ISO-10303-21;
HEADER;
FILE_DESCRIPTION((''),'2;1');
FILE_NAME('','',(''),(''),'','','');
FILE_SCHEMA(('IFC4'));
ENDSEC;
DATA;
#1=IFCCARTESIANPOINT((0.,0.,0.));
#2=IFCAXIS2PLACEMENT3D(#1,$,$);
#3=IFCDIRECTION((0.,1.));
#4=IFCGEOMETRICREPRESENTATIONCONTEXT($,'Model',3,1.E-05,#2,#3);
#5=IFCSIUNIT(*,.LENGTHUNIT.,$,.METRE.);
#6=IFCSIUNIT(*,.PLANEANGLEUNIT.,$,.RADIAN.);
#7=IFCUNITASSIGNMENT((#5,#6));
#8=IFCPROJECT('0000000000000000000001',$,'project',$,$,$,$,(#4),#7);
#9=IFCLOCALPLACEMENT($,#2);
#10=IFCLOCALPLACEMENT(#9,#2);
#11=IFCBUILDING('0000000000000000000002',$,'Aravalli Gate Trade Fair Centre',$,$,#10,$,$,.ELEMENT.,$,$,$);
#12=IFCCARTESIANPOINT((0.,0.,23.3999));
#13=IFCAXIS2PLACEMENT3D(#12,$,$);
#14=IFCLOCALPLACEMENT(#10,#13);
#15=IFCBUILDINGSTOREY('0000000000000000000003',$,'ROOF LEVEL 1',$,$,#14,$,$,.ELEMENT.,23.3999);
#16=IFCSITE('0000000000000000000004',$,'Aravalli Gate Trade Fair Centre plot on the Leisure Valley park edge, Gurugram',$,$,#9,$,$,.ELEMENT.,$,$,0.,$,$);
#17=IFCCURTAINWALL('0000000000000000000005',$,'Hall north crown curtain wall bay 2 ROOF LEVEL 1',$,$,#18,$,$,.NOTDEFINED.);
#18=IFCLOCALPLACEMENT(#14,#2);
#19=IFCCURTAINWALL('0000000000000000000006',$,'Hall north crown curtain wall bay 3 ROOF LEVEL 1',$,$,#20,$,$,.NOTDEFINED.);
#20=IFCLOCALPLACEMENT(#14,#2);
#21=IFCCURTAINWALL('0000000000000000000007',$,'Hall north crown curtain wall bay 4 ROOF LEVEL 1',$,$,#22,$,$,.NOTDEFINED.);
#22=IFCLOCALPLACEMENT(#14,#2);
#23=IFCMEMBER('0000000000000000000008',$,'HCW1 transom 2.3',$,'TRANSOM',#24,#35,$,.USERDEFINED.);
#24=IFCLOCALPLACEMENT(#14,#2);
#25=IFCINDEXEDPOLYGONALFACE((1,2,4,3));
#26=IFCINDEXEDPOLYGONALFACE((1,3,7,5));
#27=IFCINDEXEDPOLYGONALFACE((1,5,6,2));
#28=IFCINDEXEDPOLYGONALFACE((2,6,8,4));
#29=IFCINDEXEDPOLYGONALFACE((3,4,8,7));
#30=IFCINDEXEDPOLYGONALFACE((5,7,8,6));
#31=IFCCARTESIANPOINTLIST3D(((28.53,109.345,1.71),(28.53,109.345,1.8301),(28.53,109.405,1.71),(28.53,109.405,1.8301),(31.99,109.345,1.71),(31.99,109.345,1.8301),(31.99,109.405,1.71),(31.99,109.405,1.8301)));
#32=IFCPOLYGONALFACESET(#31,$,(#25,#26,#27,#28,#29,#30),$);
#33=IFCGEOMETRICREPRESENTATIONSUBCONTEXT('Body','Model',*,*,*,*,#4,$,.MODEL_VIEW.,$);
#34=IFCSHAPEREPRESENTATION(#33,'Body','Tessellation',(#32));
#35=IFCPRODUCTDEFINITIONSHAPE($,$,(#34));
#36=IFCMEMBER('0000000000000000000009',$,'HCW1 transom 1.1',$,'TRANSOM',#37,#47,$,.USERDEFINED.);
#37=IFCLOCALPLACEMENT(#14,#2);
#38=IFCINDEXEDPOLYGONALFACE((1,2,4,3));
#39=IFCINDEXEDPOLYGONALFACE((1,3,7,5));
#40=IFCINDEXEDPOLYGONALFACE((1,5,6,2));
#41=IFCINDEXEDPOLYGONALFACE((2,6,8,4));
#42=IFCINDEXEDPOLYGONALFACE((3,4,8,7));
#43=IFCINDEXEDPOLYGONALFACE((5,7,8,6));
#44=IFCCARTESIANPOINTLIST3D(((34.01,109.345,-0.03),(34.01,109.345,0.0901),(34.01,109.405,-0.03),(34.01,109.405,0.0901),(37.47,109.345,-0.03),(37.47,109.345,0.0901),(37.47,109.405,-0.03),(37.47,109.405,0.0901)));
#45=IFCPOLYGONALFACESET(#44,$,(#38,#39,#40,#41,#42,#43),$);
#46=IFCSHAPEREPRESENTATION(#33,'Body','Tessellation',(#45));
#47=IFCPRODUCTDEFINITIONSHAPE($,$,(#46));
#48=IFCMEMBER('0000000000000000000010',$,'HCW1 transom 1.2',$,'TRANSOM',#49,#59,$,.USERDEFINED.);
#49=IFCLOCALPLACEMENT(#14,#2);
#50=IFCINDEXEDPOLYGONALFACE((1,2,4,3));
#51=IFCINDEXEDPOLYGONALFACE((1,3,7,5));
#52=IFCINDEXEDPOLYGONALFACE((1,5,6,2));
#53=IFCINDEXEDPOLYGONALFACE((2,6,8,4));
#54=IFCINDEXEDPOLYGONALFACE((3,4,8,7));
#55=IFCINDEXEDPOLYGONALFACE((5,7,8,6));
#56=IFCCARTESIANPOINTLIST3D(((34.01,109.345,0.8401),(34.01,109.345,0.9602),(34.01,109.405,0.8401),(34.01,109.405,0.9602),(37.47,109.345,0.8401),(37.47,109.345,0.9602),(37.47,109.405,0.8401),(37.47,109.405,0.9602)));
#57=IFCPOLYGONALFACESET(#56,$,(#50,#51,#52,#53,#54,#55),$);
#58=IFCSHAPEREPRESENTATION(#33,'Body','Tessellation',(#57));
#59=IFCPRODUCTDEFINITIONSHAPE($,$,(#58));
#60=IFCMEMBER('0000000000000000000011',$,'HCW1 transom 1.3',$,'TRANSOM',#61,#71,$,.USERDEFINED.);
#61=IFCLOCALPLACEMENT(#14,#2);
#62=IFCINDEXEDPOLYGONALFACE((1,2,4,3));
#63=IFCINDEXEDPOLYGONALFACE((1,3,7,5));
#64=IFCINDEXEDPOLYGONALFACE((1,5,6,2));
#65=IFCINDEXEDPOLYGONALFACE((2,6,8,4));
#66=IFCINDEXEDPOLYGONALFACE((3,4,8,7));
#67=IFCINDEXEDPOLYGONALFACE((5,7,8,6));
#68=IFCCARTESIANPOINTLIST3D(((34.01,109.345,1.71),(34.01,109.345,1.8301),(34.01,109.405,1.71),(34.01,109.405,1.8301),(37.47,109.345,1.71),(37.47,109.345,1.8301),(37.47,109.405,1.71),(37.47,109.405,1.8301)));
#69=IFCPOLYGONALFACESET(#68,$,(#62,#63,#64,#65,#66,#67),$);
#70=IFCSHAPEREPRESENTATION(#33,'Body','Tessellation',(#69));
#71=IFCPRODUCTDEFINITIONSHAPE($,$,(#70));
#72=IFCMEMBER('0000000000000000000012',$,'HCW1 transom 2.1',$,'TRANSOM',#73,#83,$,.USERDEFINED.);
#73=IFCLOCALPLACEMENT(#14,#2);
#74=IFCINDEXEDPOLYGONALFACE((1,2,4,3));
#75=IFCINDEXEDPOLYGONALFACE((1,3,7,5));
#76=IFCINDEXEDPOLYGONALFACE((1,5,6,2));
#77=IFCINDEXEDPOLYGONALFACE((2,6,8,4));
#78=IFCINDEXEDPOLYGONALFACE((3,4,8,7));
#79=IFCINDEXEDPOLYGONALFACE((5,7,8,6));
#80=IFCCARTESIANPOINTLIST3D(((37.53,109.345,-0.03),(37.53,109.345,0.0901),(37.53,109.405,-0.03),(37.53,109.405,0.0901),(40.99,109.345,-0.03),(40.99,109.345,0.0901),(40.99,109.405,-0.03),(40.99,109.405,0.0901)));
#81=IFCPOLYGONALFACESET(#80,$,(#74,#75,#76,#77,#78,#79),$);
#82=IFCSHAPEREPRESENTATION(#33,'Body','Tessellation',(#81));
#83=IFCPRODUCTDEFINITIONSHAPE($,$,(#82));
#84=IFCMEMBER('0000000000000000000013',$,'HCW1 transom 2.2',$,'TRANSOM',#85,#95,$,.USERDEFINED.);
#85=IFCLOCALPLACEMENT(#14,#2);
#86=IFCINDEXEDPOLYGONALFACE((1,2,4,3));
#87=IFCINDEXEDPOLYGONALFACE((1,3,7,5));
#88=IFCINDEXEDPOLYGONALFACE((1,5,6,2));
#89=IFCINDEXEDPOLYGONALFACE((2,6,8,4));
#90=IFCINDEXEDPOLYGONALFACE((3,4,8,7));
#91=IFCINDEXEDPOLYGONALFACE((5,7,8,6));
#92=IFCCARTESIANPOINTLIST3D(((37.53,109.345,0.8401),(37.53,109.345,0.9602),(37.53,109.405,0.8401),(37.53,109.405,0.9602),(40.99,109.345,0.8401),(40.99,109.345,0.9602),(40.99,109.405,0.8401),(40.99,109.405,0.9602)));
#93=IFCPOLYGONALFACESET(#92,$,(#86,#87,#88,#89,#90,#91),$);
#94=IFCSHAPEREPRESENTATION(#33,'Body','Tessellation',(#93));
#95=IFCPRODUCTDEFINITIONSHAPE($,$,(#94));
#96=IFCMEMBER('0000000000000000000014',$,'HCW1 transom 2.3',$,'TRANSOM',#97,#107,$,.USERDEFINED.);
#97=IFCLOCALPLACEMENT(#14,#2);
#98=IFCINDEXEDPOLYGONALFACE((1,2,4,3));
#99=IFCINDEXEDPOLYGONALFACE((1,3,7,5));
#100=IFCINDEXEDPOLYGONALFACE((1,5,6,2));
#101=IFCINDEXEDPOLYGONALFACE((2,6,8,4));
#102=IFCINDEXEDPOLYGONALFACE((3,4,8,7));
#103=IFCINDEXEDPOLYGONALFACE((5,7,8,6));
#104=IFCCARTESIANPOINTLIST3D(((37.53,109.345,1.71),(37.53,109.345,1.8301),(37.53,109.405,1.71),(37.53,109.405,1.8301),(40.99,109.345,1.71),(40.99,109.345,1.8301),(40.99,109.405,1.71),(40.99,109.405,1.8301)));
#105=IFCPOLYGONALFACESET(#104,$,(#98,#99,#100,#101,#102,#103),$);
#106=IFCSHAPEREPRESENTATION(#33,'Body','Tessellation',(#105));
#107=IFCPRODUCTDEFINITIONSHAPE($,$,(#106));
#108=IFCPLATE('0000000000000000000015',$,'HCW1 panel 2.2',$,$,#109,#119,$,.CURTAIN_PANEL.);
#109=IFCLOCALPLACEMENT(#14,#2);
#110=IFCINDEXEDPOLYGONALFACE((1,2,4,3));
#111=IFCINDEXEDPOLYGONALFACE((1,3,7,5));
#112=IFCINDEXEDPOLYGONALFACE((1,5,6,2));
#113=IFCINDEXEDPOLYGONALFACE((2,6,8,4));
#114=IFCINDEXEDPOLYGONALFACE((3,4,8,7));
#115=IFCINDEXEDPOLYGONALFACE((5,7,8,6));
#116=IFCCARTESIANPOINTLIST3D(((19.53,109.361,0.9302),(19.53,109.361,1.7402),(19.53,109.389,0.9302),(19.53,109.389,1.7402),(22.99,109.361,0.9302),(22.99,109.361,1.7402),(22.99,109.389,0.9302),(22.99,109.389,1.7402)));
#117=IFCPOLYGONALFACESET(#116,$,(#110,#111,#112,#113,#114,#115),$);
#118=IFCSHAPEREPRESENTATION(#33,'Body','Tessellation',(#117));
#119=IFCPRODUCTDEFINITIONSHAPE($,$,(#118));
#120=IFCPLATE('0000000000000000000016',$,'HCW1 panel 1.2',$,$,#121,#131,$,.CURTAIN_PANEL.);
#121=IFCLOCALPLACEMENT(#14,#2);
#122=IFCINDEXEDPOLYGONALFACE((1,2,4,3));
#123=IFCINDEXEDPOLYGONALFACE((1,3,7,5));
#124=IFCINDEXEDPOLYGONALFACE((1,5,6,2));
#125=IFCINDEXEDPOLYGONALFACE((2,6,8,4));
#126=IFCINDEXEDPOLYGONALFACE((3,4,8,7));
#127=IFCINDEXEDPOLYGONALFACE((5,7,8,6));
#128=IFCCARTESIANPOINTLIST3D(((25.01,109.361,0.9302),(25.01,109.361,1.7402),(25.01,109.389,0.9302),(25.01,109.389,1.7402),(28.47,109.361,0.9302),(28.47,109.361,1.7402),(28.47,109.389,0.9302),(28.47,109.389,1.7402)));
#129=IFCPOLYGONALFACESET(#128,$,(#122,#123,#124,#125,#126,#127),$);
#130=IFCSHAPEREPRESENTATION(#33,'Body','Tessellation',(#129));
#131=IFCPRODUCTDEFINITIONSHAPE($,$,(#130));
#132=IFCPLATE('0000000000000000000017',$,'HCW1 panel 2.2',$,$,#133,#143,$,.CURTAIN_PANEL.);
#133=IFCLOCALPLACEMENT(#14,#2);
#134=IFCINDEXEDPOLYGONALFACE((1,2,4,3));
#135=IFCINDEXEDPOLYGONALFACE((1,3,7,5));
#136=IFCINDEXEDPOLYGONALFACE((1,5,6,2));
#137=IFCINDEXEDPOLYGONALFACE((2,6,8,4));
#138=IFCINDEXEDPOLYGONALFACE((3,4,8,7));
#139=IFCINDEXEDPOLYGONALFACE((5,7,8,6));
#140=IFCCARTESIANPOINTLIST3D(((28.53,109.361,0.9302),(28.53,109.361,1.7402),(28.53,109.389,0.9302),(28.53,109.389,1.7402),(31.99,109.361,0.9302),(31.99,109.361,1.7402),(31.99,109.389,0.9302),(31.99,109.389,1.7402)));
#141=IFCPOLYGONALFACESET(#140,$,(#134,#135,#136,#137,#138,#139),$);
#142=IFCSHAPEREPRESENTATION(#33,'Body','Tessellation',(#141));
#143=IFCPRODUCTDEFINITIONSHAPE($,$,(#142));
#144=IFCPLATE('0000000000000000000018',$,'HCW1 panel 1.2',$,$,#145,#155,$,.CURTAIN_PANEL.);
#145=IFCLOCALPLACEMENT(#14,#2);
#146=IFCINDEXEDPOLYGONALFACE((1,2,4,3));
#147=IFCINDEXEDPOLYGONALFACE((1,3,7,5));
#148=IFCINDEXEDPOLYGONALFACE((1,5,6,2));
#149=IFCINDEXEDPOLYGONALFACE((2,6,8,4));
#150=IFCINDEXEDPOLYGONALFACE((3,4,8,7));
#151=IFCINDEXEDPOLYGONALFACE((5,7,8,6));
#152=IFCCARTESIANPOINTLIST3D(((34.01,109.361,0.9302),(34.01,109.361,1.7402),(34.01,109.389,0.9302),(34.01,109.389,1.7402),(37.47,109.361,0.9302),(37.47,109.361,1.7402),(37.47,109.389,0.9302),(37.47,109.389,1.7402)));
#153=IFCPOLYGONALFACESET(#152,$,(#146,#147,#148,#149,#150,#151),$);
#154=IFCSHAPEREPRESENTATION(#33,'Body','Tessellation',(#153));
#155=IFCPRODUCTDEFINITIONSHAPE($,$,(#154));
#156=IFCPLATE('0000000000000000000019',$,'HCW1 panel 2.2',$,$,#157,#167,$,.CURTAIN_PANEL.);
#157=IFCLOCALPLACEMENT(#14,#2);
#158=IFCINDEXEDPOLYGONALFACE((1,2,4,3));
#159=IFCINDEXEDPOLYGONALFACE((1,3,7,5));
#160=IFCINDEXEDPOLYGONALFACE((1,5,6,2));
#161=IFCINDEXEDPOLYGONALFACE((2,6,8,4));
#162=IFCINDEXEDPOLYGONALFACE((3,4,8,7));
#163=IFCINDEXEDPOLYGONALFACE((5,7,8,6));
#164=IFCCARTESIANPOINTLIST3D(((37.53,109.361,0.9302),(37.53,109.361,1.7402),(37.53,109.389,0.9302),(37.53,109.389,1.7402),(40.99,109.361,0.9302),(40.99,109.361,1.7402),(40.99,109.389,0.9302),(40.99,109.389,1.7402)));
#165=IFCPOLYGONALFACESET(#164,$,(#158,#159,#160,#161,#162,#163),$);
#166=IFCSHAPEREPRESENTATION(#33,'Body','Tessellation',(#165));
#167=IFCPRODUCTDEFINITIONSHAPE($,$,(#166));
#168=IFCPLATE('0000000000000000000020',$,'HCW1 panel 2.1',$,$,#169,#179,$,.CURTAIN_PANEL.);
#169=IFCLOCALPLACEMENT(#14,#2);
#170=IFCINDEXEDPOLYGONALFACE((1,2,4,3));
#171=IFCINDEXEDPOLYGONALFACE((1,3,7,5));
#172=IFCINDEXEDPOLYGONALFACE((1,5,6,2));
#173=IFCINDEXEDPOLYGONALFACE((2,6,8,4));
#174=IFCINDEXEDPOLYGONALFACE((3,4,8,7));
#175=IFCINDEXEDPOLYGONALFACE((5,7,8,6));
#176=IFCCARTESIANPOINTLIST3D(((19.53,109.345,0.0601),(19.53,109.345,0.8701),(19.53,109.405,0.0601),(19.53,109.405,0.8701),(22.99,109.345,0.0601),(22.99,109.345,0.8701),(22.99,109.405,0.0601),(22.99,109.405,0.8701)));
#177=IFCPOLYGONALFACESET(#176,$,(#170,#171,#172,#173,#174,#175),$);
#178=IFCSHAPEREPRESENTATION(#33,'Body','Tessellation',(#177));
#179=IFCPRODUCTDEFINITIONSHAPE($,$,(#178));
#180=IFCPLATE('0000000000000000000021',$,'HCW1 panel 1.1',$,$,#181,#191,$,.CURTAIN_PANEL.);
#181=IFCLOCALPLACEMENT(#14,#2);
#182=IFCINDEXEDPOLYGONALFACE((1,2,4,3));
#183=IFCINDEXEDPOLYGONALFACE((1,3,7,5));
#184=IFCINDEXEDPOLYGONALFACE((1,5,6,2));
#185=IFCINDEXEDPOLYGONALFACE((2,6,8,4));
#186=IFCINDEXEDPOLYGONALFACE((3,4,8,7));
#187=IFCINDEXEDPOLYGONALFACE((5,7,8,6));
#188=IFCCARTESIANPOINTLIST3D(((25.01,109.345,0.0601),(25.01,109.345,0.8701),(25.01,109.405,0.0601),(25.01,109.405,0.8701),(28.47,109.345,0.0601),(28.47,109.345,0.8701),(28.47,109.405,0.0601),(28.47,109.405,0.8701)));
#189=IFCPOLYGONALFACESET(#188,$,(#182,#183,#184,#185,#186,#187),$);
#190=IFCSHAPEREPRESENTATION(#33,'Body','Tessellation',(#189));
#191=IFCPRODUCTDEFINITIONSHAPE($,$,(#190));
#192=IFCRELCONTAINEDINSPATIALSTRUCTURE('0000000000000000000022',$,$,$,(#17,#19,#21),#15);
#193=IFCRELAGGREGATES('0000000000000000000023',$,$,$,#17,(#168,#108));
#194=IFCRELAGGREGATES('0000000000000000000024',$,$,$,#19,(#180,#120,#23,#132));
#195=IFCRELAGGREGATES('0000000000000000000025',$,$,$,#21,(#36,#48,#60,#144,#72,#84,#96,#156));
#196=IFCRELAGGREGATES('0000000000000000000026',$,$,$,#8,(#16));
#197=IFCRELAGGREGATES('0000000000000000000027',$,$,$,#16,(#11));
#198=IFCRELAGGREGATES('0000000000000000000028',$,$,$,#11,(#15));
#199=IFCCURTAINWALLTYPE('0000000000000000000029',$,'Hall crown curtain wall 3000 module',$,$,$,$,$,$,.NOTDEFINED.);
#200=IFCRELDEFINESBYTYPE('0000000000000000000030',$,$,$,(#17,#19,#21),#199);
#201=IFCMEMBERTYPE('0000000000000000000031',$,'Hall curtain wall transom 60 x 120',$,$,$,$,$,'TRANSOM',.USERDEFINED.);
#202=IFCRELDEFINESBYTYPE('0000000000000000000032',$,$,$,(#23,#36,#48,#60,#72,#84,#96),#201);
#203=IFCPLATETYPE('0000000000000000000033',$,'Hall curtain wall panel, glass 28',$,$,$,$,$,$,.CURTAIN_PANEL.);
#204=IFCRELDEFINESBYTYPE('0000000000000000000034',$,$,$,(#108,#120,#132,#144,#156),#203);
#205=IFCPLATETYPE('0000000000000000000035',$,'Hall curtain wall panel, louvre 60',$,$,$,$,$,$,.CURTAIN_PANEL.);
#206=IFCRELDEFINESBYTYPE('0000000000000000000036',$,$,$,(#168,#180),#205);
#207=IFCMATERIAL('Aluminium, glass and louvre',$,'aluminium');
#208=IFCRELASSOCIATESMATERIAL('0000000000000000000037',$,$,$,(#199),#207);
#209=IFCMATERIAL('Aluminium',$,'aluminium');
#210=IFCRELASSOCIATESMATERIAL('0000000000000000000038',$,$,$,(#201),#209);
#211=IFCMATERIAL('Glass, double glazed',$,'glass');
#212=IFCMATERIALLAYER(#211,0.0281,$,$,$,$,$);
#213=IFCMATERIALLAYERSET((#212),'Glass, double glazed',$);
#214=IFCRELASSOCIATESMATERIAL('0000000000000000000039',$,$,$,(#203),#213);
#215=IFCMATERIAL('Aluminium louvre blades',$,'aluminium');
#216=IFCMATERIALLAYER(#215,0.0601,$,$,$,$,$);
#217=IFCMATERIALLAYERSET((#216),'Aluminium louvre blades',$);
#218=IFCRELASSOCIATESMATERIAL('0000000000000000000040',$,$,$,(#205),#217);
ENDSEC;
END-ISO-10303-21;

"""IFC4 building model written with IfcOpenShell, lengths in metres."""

from ifc_helpers import new_model, si_unit, direction, frame, origin, origin_2d, place, context, subcontext, project, spatial, rectangle, extrude, material, layer, layer_set, material_profile, profile_set, type_object, element, aggregate, save


model = new_model("IFC4")

# Units and contexts
model_context = context("Model", 3, precision=1e-05, world=origin(), true_north=direction((0.0, 1.0)))
body_context = subcontext(model_context, "Body", "Model", "MODEL_VIEW")
ifc_project = project(units=[si_unit("LENGTHUNIT", "METRE"), si_unit("PLANEANGLEUNIT", "RADIAN")], contexts=[model_context])

# Site, building, storey
site_placement = place(None, origin())
site = spatial("IfcSite", under=ifc_project, at=site_placement, Name="Aravalli Gate Trade Fair Centre plot on the Leisure Valley park edge, Gurugram", CompositionType="ELEMENT", RefElevation=0.0)
building_placement = place(site_placement, origin())
building = spatial("IfcBuilding", under=site, at=building_placement, Name="Aravalli Gate Trade Fair Centre", CompositionType="ELEMENT")
storey_placement = place(building_placement, frame((0.0, 0.0, 23.3999)))
storey = spatial("IfcBuildingStorey", under=building, at=storey_placement, Name="ROOF LEVEL 1", CompositionType="ELEMENT", Elevation=23.3999)

# Curtain wall
ifc_material_1 = material(Name="Aluminium, glass and louvre", Category="aluminium")
curtain_wall_type = type_object("IfcCurtainWallType", Name="Hall crown curtain wall 3000 module", PredefinedType="NOTDEFINED", material=ifc_material_1)
curtain_wall_1_placement = place(storey_placement, origin())
curtain_wall_1 = element("IfcCurtainWall", 1, at=curtain_wall_1_placement, inside=storey, type_object=curtain_wall_type, Name="Hall north crown curtain wall bay 2 ROOF LEVEL 1", PredefinedType="NOTDEFINED")
ifc_material_2 = material(Name="Aluminium", Category="aluminium")

# Curtain walls
curtain_wall_2_placement = place(storey_placement, origin())
curtain_wall_2 = element("IfcCurtainWall", 2, at=curtain_wall_2_placement, inside=storey, type_object=curtain_wall_type, Name="Hall north crown curtain wall bay 3 ROOF LEVEL 1", PredefinedType="NOTDEFINED")
curtain_wall_3_placement = place(storey_placement, origin())
curtain_wall_3 = element("IfcCurtainWall", 3, at=curtain_wall_3_placement, inside=storey, type_object=curtain_wall_type, Name="Hall north crown curtain wall bay 4 ROOF LEVEL 1", PredefinedType="NOTDEFINED")

# Members
ifc_material_profile_1 = material_profile(ifc_material_2, rectangle(XDim=0.0601, YDim=0.1201, at=origin_2d()), Name="Hall curtain wall transom 60 x 120")
ifc_profile_set_1 = profile_set([ifc_material_profile_1], Name="Aluminium")
member_type_1 = type_object("IfcMemberType", Name="Hall curtain wall transom 60 x 120", ElementType="TRANSOM", PredefinedType="USERDEFINED", material=ifc_profile_set_1)
member_1_placement = place(storey_placement, frame((28.53, 109.375, 1.77), z_axis=(1.0, 0.0, 0.0), x_axis=(0.0, 1.0, 0.0)))
member_1 = element("IfcMember", 4, at=member_1_placement, type_object=member_type_1, Name="HCW1 transom 2.3", ObjectType="TRANSOM", PredefinedType="USERDEFINED", context=body_context, shape_type="SweptSolid", body=[
    extrude(rectangle(XDim=0.0601, YDim=0.1201, at=origin_2d()), origin(), (0.0, 0.0, 1.0), 3.46),
])
member_2_placement = place(storey_placement, frame((34.01, 109.375, 0.03), z_axis=(1.0, 0.0, 0.0), x_axis=(0.0, 1.0, 0.0)))
member_2 = element("IfcMember", 5, at=member_2_placement, type_object=member_type_1, Name="HCW1 transom 1.1", ObjectType="TRANSOM", PredefinedType="USERDEFINED", context=body_context, shape_type="SweptSolid", body=[
    extrude(rectangle(XDim=0.0601, YDim=0.1201, at=origin_2d()), origin(), (0.0, 0.0, 1.0), 3.46),
])
member_3_placement = place(storey_placement, frame((34.01, 109.375, 0.9001), z_axis=(1.0, 0.0, 0.0), x_axis=(0.0, 1.0, 0.0)))
member_3 = element("IfcMember", 6, at=member_3_placement, type_object=member_type_1, Name="HCW1 transom 1.2", ObjectType="TRANSOM", PredefinedType="USERDEFINED", context=body_context, shape_type="SweptSolid", body=[
    extrude(rectangle(XDim=0.0601, YDim=0.1201, at=origin_2d()), origin(), (0.0, 0.0, 1.0), 3.46),
])
member_4_placement = place(storey_placement, frame((34.01, 109.375, 1.77), z_axis=(1.0, 0.0, 0.0), x_axis=(0.0, 1.0, 0.0)))
member_4 = element("IfcMember", 7, at=member_4_placement, type_object=member_type_1, Name="HCW1 transom 1.3", ObjectType="TRANSOM", PredefinedType="USERDEFINED", context=body_context, shape_type="SweptSolid", body=[
    extrude(rectangle(XDim=0.0601, YDim=0.1201, at=origin_2d()), origin(), (0.0, 0.0, 1.0), 3.46),
])
member_5_placement = place(storey_placement, frame((37.53, 109.375, 0.03), z_axis=(1.0, 0.0, 0.0), x_axis=(0.0, 1.0, 0.0)))
member_5 = element("IfcMember", 8, at=member_5_placement, type_object=member_type_1, Name="HCW1 transom 2.1", ObjectType="TRANSOM", PredefinedType="USERDEFINED", context=body_context, shape_type="SweptSolid", body=[
    extrude(rectangle(XDim=0.0601, YDim=0.1201, at=origin_2d()), origin(), (0.0, 0.0, 1.0), 3.46),
])
member_6_placement = place(storey_placement, frame((37.53, 109.375, 0.9001), z_axis=(1.0, 0.0, 0.0), x_axis=(0.0, 1.0, 0.0)))
member_6 = element("IfcMember", 9, at=member_6_placement, type_object=member_type_1, Name="HCW1 transom 2.2", ObjectType="TRANSOM", PredefinedType="USERDEFINED", context=body_context, shape_type="SweptSolid", body=[
    extrude(rectangle(XDim=0.0601, YDim=0.1201, at=origin_2d()), origin(), (0.0, 0.0, 1.0), 3.46),
])
member_7_placement = place(storey_placement, frame((37.53, 109.375, 1.77), z_axis=(1.0, 0.0, 0.0), x_axis=(0.0, 1.0, 0.0)))
member_7 = element("IfcMember", 10, at=member_7_placement, type_object=member_type_1, Name="HCW1 transom 2.3", ObjectType="TRANSOM", PredefinedType="USERDEFINED", context=body_context, shape_type="SweptSolid", body=[
    extrude(rectangle(XDim=0.0601, YDim=0.1201, at=origin_2d()), origin(), (0.0, 0.0, 1.0), 3.46),
])

# Plates
ifc_material_3 = material(Name="Glass, double glazed", Category="glass")
ifc_layer_1 = layer(ifc_material_3, 0.0281)
ifc_layer_set_1 = layer_set([ifc_layer_1], Name="Glass, double glazed")
plate_type_1 = type_object("IfcPlateType", Name="Hall curtain wall panel, glass 28", PredefinedType="CURTAIN_PANEL", material=ifc_layer_set_1)
plate_1_placement = place(storey_placement, frame((21.26, 109.375, 0.9302), z_axis=(0.0, 0.0, 1.0), x_axis=(1.0, 0.0, 0.0)))
plate_1 = element("IfcPlate", 11, at=plate_1_placement, type_object=plate_type_1, Name="HCW1 panel 2.2", PredefinedType="CURTAIN_PANEL", context=body_context, shape_type="SweptSolid", body=[
    extrude(rectangle(XDim=3.46, YDim=0.0281, at=origin_2d()), origin(), (0.0, 0.0, 1.0), 0.8101),
])
plate_2_placement = place(storey_placement, frame((26.74, 109.375, 0.9302), z_axis=(0.0, 0.0, 1.0), x_axis=(1.0, 0.0, 0.0)))
plate_2 = element("IfcPlate", 12, at=plate_2_placement, type_object=plate_type_1, Name="HCW1 panel 1.2", PredefinedType="CURTAIN_PANEL", context=body_context, shape_type="SweptSolid", body=[
    extrude(rectangle(XDim=3.46, YDim=0.0281, at=origin_2d()), origin(), (0.0, 0.0, 1.0), 0.8101),
])
plate_3_placement = place(storey_placement, frame((30.26, 109.375, 0.9302), z_axis=(0.0, 0.0, 1.0), x_axis=(1.0, 0.0, 0.0)))
plate_3 = element("IfcPlate", 13, at=plate_3_placement, type_object=plate_type_1, Name="HCW1 panel 2.2", PredefinedType="CURTAIN_PANEL", context=body_context, shape_type="SweptSolid", body=[
    extrude(rectangle(XDim=3.46, YDim=0.0281, at=origin_2d()), origin(), (0.0, 0.0, 1.0), 0.8101),
])
plate_4_placement = place(storey_placement, frame((35.74, 109.375, 0.9302), z_axis=(0.0, 0.0, 1.0), x_axis=(1.0, 0.0, 0.0)))
plate_4 = element("IfcPlate", 14, at=plate_4_placement, type_object=plate_type_1, Name="HCW1 panel 1.2", PredefinedType="CURTAIN_PANEL", context=body_context, shape_type="SweptSolid", body=[
    extrude(rectangle(XDim=3.46, YDim=0.0281, at=origin_2d()), origin(), (0.0, 0.0, 1.0), 0.8101),
])
plate_5_placement = place(storey_placement, frame((39.26, 109.375, 0.9302), z_axis=(0.0, 0.0, 1.0), x_axis=(1.0, 0.0, 0.0)))
plate_5 = element("IfcPlate", 15, at=plate_5_placement, type_object=plate_type_1, Name="HCW1 panel 2.2", PredefinedType="CURTAIN_PANEL", context=body_context, shape_type="SweptSolid", body=[
    extrude(rectangle(XDim=3.46, YDim=0.0281, at=origin_2d()), origin(), (0.0, 0.0, 1.0), 0.8101),
])
ifc_material_4 = material(Name="Aluminium louvre blades", Category="aluminium")
ifc_layer_2 = layer(ifc_material_4, 0.0601)
ifc_layer_set_2 = layer_set([ifc_layer_2], Name="Aluminium louvre blades")
plate_type_2 = type_object("IfcPlateType", Name="Hall curtain wall panel, louvre 60", PredefinedType="CURTAIN_PANEL", material=ifc_layer_set_2)
plate_6_placement = place(storey_placement, frame((21.26, 109.375, 0.0601), z_axis=(0.0, 0.0, 1.0), x_axis=(1.0, 0.0, 0.0)))
plate_6 = element("IfcPlate", 16, at=plate_6_placement, type_object=plate_type_2, Name="HCW1 panel 2.1", PredefinedType="CURTAIN_PANEL", context=body_context, shape_type="SweptSolid", body=[
    extrude(rectangle(XDim=3.46, YDim=0.0601, at=origin_2d()), origin(), (0.0, 0.0, 1.0), 0.8101),
])
aggregate(curtain_wall_1, [plate_6, plate_1])
plate_7_placement = place(storey_placement, frame((26.74, 109.375, 0.0601), z_axis=(0.0, 0.0, 1.0), x_axis=(1.0, 0.0, 0.0)))
plate_7 = element("IfcPlate", 17, at=plate_7_placement, type_object=plate_type_2, Name="HCW1 panel 1.1", PredefinedType="CURTAIN_PANEL", context=body_context, shape_type="SweptSolid", body=[
    extrude(rectangle(XDim=3.46, YDim=0.0601, at=origin_2d()), origin(), (0.0, 0.0, 1.0), 0.8101),
])
aggregate(curtain_wall_2, [plate_7, plate_2, member_1, plate_3])
aggregate(curtain_wall_3, [member_2, member_3, member_4, plate_4, member_5, member_6, member_7, plate_5])

save(model, "model.ifc")
